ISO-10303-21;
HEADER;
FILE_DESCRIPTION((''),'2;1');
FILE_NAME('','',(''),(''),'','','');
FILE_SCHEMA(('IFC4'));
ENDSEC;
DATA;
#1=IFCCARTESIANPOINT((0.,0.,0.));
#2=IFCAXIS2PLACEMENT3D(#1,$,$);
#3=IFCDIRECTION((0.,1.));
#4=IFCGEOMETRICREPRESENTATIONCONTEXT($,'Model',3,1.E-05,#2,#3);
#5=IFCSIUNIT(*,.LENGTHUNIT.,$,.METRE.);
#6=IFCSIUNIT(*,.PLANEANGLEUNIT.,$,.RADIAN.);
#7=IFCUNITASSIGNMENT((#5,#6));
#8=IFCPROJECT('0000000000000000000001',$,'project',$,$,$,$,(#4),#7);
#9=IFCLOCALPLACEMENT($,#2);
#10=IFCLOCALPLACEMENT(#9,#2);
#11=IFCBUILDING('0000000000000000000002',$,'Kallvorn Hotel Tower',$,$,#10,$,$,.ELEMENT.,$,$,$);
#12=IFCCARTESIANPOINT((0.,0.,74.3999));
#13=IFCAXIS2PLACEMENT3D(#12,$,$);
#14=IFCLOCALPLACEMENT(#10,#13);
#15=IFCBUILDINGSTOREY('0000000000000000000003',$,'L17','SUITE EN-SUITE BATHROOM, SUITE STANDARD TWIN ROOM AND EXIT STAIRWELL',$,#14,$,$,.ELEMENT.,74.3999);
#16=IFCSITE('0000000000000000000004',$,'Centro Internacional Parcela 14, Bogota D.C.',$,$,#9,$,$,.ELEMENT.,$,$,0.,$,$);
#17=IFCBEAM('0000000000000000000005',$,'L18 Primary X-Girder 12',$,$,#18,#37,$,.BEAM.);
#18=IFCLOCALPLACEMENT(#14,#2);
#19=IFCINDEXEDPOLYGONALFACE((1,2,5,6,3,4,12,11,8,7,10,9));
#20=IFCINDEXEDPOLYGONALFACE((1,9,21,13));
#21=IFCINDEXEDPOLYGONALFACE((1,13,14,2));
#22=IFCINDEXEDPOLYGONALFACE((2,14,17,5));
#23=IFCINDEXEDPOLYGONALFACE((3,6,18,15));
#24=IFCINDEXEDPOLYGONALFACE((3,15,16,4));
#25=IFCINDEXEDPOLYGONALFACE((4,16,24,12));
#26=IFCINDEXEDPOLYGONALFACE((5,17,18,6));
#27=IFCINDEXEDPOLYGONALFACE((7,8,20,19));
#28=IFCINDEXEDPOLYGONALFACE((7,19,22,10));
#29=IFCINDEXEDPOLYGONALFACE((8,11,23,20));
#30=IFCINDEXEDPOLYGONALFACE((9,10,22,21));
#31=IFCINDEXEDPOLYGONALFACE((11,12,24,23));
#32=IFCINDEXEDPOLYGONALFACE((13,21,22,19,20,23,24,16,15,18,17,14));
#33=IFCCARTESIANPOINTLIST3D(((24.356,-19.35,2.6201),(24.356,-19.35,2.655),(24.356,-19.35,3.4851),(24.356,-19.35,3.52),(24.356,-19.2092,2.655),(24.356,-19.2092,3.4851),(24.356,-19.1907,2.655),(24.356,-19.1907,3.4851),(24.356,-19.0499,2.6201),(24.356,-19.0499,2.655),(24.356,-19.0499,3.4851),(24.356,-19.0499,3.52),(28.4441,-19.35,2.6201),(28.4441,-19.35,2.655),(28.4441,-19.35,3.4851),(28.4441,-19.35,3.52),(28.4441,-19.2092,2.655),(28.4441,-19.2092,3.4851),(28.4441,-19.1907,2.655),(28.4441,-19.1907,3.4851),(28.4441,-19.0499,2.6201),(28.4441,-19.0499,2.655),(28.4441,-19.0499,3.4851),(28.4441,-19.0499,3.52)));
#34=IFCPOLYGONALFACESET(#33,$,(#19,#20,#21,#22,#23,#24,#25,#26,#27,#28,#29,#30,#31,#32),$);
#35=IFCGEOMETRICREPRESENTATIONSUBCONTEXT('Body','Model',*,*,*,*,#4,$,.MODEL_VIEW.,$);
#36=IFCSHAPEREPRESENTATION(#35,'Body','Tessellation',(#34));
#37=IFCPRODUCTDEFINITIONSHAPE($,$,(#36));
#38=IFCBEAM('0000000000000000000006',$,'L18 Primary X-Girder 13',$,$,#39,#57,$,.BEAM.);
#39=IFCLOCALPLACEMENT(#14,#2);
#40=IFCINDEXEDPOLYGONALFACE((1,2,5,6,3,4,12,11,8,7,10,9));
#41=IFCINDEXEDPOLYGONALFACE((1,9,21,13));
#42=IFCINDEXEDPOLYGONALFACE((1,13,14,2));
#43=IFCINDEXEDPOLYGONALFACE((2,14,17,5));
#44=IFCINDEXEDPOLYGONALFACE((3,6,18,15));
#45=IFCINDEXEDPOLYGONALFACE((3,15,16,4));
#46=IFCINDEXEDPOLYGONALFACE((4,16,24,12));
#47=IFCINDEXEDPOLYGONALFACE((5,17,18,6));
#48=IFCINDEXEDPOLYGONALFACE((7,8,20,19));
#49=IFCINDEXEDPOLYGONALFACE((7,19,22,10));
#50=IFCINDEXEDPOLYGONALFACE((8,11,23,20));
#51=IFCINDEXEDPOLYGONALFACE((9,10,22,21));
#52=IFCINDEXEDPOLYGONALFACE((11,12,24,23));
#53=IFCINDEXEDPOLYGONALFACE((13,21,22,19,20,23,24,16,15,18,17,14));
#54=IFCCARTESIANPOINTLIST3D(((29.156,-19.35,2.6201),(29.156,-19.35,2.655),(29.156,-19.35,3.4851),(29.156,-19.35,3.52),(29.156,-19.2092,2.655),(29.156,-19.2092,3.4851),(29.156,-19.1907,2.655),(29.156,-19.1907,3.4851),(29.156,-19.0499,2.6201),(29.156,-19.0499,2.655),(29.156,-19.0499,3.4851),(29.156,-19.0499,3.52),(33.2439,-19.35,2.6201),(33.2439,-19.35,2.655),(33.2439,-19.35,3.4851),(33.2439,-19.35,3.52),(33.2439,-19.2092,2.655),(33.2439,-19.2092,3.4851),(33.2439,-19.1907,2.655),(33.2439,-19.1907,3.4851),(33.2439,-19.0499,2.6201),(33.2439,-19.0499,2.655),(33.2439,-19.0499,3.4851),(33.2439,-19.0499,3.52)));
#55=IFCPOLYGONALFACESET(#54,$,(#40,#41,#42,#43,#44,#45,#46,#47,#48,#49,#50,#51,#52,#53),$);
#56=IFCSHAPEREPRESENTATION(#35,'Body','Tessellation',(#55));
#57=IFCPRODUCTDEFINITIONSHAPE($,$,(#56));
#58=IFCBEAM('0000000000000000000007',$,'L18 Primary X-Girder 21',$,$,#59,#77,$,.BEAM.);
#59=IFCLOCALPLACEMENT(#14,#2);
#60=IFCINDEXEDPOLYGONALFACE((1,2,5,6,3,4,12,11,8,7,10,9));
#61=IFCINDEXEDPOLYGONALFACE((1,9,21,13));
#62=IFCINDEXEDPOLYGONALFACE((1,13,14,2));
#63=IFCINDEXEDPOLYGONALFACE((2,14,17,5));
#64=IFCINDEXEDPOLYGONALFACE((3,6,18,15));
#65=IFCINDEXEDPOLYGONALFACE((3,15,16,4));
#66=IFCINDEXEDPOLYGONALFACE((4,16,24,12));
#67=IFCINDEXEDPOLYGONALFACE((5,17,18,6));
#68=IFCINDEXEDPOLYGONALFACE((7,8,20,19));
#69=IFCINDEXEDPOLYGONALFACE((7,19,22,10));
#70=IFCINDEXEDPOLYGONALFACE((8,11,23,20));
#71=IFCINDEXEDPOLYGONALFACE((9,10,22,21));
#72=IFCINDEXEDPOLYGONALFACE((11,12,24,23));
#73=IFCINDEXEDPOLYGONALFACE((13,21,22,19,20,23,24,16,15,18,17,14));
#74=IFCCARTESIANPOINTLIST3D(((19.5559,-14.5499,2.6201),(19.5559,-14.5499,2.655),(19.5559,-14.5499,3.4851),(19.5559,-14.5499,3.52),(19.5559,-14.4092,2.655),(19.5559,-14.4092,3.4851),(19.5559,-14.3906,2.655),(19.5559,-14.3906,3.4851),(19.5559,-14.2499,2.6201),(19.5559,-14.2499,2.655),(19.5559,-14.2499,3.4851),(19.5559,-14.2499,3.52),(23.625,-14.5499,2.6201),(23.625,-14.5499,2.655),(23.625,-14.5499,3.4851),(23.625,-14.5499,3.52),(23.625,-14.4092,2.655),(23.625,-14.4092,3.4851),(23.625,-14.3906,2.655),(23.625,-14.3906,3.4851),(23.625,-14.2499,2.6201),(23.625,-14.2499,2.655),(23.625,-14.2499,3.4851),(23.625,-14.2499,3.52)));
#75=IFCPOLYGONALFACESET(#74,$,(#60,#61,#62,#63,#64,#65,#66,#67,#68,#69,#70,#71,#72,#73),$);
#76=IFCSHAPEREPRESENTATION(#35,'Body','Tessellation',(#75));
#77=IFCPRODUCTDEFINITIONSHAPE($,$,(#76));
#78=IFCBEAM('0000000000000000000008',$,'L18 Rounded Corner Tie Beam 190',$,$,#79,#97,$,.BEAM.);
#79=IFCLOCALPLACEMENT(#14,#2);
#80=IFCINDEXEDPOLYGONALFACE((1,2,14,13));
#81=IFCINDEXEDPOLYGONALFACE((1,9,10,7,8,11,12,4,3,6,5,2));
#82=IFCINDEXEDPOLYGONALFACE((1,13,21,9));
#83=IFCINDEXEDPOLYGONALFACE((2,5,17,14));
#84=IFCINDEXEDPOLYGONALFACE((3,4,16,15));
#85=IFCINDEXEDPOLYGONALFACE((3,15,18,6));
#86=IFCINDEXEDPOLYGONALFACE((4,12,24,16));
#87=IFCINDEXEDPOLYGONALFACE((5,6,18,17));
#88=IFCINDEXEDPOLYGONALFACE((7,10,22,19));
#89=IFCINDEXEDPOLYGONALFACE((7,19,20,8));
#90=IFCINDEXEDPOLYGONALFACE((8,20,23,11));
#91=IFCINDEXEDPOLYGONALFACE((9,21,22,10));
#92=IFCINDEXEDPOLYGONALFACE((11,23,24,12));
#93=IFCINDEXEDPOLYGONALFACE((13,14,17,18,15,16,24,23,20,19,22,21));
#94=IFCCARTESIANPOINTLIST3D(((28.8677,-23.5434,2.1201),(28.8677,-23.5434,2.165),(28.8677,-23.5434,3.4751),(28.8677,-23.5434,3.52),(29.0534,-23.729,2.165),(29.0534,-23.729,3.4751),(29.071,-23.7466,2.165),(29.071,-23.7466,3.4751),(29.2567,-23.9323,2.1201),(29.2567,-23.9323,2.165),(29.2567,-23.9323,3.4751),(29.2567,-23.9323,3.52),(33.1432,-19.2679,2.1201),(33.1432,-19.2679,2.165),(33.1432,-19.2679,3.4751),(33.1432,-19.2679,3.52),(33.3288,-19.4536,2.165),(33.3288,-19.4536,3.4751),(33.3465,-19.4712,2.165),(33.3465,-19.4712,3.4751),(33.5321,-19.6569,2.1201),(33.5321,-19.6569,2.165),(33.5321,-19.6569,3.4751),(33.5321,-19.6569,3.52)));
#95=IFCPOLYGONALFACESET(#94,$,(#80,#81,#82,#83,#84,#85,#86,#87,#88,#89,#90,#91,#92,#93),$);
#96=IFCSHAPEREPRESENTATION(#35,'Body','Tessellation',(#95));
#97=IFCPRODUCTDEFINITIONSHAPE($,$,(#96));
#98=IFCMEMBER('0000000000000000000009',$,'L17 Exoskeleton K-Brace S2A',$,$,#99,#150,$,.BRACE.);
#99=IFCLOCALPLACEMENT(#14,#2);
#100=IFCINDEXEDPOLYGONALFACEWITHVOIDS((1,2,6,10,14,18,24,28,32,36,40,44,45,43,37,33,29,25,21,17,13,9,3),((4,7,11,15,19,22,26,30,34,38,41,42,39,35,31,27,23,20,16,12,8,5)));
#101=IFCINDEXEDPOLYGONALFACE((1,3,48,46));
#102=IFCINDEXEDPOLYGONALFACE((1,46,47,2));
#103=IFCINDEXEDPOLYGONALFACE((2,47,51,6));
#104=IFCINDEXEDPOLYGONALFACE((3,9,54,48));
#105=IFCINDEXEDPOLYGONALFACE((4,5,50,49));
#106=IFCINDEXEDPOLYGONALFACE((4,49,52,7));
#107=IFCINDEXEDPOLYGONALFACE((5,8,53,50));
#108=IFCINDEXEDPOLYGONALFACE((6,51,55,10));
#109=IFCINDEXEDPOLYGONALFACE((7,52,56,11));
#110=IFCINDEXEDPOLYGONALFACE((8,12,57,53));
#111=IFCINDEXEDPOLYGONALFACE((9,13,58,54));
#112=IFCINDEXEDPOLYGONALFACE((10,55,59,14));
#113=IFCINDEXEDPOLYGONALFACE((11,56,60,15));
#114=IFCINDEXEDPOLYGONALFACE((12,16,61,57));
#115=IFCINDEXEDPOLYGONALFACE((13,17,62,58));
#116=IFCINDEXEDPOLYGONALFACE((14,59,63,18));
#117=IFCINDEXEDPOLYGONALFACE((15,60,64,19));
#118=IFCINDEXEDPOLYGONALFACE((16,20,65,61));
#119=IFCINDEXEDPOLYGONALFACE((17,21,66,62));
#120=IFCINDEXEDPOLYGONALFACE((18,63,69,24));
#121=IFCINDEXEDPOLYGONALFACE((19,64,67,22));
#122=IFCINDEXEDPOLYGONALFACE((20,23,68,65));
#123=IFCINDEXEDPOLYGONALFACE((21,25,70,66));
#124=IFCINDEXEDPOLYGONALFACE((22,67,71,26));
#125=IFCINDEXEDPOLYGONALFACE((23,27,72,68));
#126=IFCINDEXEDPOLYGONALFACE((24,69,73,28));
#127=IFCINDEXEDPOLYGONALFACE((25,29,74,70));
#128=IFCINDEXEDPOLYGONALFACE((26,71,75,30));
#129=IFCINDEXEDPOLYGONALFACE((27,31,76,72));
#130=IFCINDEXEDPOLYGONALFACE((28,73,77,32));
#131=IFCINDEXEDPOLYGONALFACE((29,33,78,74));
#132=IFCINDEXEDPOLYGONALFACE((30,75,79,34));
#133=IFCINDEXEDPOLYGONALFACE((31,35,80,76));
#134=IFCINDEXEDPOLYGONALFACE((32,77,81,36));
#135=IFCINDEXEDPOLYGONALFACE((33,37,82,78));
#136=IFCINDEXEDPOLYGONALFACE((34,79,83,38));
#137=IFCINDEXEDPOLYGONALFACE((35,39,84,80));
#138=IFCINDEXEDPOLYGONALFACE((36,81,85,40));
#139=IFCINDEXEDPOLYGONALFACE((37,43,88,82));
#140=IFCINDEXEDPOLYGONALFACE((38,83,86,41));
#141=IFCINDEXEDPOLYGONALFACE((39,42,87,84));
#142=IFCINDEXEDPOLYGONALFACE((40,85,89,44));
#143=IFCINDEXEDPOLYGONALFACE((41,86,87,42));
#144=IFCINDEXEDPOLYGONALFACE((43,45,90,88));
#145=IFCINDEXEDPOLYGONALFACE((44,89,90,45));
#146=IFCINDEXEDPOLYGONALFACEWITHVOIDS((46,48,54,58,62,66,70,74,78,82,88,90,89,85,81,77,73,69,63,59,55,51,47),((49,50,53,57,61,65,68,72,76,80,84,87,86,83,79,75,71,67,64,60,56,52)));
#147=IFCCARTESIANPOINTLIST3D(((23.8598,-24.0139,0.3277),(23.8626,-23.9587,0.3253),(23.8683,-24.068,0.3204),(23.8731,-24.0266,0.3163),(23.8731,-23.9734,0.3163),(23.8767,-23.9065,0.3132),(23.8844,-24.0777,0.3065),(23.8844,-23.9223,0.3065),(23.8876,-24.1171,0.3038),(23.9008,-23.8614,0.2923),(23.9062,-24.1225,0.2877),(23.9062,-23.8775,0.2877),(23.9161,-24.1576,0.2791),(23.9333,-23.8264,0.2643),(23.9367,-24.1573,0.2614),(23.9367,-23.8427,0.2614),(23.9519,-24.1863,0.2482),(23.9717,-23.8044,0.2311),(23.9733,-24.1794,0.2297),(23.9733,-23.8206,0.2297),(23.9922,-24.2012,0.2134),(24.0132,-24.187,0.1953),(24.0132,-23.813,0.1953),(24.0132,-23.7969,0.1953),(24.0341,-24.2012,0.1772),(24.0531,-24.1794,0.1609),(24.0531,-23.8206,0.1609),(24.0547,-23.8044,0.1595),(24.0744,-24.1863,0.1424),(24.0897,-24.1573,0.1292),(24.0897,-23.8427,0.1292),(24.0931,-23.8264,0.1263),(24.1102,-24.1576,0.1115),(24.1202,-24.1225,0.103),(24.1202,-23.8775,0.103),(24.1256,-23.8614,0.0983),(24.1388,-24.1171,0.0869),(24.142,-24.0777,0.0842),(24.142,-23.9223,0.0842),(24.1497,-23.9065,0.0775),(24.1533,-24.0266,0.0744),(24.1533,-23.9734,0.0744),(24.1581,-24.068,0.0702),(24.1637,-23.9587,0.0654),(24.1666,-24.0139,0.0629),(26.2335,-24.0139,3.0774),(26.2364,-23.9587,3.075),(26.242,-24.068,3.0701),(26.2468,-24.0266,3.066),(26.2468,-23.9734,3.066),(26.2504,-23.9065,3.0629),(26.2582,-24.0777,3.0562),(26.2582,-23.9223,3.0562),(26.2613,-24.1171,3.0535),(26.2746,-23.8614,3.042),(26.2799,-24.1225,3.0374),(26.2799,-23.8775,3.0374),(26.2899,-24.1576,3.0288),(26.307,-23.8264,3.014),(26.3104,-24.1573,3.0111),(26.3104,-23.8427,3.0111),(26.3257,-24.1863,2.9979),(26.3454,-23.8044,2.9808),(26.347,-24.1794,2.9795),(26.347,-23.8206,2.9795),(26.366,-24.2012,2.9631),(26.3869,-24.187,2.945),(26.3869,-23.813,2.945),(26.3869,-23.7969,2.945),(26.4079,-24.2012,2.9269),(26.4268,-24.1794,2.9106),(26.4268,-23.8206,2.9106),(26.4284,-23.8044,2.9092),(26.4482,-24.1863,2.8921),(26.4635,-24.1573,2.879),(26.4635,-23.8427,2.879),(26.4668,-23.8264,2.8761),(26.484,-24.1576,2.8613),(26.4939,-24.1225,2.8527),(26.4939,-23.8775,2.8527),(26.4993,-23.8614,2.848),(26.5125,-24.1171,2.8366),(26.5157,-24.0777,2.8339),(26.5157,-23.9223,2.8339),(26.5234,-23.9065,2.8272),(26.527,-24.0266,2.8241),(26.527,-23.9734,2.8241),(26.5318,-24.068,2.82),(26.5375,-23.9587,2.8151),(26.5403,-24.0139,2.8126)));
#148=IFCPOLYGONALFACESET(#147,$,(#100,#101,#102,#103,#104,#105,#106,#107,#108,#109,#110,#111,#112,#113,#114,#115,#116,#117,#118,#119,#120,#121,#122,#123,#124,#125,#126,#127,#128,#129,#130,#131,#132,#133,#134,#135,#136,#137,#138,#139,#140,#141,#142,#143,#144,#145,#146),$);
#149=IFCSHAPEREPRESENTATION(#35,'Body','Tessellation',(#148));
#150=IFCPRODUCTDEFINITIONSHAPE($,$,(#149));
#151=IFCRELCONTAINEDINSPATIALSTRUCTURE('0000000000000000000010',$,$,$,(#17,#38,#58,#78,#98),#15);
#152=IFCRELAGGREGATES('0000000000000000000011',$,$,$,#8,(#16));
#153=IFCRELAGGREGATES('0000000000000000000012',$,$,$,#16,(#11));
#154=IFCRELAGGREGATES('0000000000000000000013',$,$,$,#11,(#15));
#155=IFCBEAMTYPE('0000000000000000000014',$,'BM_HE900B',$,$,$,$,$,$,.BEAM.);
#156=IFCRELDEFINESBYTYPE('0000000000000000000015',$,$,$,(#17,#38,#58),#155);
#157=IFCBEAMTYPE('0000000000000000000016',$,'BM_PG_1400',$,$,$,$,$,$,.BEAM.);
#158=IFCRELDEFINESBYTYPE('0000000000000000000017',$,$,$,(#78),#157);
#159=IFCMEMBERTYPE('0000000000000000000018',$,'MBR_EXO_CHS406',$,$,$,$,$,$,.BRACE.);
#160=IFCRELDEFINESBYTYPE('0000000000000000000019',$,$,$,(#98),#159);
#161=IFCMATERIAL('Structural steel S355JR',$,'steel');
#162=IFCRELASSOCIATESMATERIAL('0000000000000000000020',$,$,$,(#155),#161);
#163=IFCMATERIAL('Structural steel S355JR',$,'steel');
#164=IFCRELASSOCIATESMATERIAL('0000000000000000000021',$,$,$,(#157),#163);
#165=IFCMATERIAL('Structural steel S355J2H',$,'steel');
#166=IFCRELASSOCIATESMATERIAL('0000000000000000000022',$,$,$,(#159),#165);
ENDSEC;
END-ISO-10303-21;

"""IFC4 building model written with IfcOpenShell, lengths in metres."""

from ifc_helpers import new_model, si_unit, direction, frame, origin, origin_2d, place, context, subcontext, project, spatial, hollow_circle, i_section, extrude, material, material_profile, profile_set, type_object, element, save


model = new_model("IFC4")

# Units and contexts
model_context = context("Model", 3, precision=1e-05, world=origin(), true_north=direction((0.0, 1.0)))
body_context = subcontext(model_context, "Body", "Model", "MODEL_VIEW")
ifc_project = project(units=[si_unit("LENGTHUNIT", "METRE"), si_unit("PLANEANGLEUNIT", "RADIAN")], contexts=[model_context])

# Site, building, storey
site_placement = place(None, origin())
site = spatial("IfcSite", under=ifc_project, at=site_placement, Name="Centro Internacional Parcela 14, Bogota D.C.", CompositionType="ELEMENT", RefElevation=0.0)
building_placement = place(site_placement, origin())
building = spatial("IfcBuilding", under=site, at=building_placement, Name="Kallvorn Hotel Tower", CompositionType="ELEMENT")
storey_placement = place(building_placement, frame((0.0, 0.0, 74.3999)))
storey = spatial("IfcBuildingStorey", under=building, at=storey_placement, Name="L17", Description="SUITE EN-SUITE BATHROOM, SUITE STANDARD TWIN ROOM AND EXIT STAIRWELL", CompositionType="ELEMENT", Elevation=74.3999)

# Beams
ifc_material_1 = material(Name="Structural steel S355JR", Category="steel")
ifc_material_profile_1 = material_profile(ifc_material_1, i_section(OverallWidth=0.3, OverallDepth=0.8999, WebThickness=0.0186, FlangeThickness=0.0349, at=origin_2d()), Name="HE 900 B")
ifc_profile_set_1 = profile_set([ifc_material_profile_1], Name="Structural steel S355JR")
beam_type_1 = type_object("IfcBeamType", Name="BM_HE900B", PredefinedType="BEAM", material=ifc_profile_set_1)
for number, where, z_axis, x_axis, name in (
    (1, (24.356, -19.2, 3.0701), (1.0, 0.0, 0.0), (0.0, 1.0, 0.0), "L18 Primary X-Girder 12"),
):
    element("IfcBeam", number, at=place(storey_placement, frame(where, z_axis=z_axis, x_axis=x_axis)), inside=storey, type_object=beam_type_1, Name=name, PredefinedType="BEAM", context=body_context, shape_type="SweptSolid", body=[
        extrude(i_section(OverallWidth=0.3, OverallDepth=0.8999, WebThickness=0.0186, FlangeThickness=0.0349, at=origin_2d()), origin(), (0.0, 0.0, 1.0), 4.0881),
    ])
beam_1_placement = place(storey_placement, frame((29.156, -19.2, 3.0701), z_axis=(1.0, 0.0, 0.0), x_axis=(0.0, 1.0, 0.0)))
element("IfcBeam", 2, at=beam_1_placement, inside=storey, type_object=beam_type_1, Name="L18 Primary X-Girder 13", PredefinedType="BEAM", context=body_context, shape_type="SweptSolid", body=[
    extrude(i_section(OverallWidth=0.3, OverallDepth=0.8999, WebThickness=0.0186, FlangeThickness=0.0349, at=origin_2d()), origin(), (0.0, 0.0, 1.0), 4.0879),
])
beam_2_placement = place(storey_placement, frame((19.5559, -14.3999, 3.0701), z_axis=(1.0, 0.0, 0.0), x_axis=(0.0, 1.0, 0.0)))
element("IfcBeam", 3, at=beam_2_placement, inside=storey, type_object=beam_type_1, Name="L18 Primary X-Girder 21", PredefinedType="BEAM", context=body_context, shape_type="SweptSolid", body=[
    extrude(i_section(OverallWidth=0.3, OverallDepth=0.8999, WebThickness=0.0186, FlangeThickness=0.0349, at=origin_2d()), origin(), (0.0, 0.0, 1.0), 4.0691),
])
ifc_material_2 = material(Name="Structural steel S355JR", Category="steel")
ifc_material_profile_2 = material_profile(ifc_material_2, i_section(OverallWidth=0.55, OverallDepth=1.3999, WebThickness=0.0249, FlangeThickness=0.0449, at=origin_2d()), Name="PG 1400x550x25x45")
ifc_profile_set_2 = profile_set([ifc_material_profile_2], Name="Structural steel S355JR")
beam_type_2 = type_object("IfcBeamType", Name="BM_PG_1400", PredefinedType="BEAM", material=ifc_profile_set_2)
beam_3_placement = place(storey_placement, frame((33.3376, -19.4624, 2.8201), z_axis=(-0.707107, -0.707107, 0.0), x_axis=(0.707107, -0.707107, 0.0)))
element("IfcBeam", 4, at=beam_3_placement, inside=storey, type_object=beam_type_2, Name="L18 Rounded Corner Tie Beam 190", PredefinedType="BEAM", context=body_context, shape_type="SweptSolid", body=[
    extrude(i_section(OverallWidth=0.55, OverallDepth=1.3999, WebThickness=0.0249, FlangeThickness=0.0449, at=origin_2d()), origin(), (0.0, 0.0, 1.0), 6.0464),
])

# Member
ifc_material_3 = material(Name="Structural steel S355J2H", Category="steel")
ifc_material_profile_3 = material_profile(ifc_material_3, hollow_circle(Radius=0.2031, WallThickness=0.0161, at=origin_2d()), Name="CHS 406.4x16")
ifc_profile_set_3 = profile_set([ifc_material_profile_3], Name="Structural steel S355J2H")
member_type = type_object("IfcMemberType", Name="MBR_EXO_CHS406", PredefinedType="BRACE", material=ifc_profile_set_3)
for number, where, z_axis, x_axis, name in (
    (5, (24.0132, -24.0, 0.1953), (0.653461, 0.0, 0.756961), (0.0, 1.0, 0.0), "L17 Exoskeleton K-Brace S2A"),
):
    element("IfcMember", number, at=place(storey_placement, frame(where, z_axis=z_axis, x_axis=x_axis)), inside=storey, type_object=member_type, Name=name, PredefinedType="BRACE", context=body_context, shape_type="SweptSolid", body=[
        extrude(hollow_circle(Radius=0.2031, WallThickness=0.0161, at=origin_2d()), origin(), (0.0, 0.0, 1.0), 3.6326),
    ])

save(model, "model.ifc")
